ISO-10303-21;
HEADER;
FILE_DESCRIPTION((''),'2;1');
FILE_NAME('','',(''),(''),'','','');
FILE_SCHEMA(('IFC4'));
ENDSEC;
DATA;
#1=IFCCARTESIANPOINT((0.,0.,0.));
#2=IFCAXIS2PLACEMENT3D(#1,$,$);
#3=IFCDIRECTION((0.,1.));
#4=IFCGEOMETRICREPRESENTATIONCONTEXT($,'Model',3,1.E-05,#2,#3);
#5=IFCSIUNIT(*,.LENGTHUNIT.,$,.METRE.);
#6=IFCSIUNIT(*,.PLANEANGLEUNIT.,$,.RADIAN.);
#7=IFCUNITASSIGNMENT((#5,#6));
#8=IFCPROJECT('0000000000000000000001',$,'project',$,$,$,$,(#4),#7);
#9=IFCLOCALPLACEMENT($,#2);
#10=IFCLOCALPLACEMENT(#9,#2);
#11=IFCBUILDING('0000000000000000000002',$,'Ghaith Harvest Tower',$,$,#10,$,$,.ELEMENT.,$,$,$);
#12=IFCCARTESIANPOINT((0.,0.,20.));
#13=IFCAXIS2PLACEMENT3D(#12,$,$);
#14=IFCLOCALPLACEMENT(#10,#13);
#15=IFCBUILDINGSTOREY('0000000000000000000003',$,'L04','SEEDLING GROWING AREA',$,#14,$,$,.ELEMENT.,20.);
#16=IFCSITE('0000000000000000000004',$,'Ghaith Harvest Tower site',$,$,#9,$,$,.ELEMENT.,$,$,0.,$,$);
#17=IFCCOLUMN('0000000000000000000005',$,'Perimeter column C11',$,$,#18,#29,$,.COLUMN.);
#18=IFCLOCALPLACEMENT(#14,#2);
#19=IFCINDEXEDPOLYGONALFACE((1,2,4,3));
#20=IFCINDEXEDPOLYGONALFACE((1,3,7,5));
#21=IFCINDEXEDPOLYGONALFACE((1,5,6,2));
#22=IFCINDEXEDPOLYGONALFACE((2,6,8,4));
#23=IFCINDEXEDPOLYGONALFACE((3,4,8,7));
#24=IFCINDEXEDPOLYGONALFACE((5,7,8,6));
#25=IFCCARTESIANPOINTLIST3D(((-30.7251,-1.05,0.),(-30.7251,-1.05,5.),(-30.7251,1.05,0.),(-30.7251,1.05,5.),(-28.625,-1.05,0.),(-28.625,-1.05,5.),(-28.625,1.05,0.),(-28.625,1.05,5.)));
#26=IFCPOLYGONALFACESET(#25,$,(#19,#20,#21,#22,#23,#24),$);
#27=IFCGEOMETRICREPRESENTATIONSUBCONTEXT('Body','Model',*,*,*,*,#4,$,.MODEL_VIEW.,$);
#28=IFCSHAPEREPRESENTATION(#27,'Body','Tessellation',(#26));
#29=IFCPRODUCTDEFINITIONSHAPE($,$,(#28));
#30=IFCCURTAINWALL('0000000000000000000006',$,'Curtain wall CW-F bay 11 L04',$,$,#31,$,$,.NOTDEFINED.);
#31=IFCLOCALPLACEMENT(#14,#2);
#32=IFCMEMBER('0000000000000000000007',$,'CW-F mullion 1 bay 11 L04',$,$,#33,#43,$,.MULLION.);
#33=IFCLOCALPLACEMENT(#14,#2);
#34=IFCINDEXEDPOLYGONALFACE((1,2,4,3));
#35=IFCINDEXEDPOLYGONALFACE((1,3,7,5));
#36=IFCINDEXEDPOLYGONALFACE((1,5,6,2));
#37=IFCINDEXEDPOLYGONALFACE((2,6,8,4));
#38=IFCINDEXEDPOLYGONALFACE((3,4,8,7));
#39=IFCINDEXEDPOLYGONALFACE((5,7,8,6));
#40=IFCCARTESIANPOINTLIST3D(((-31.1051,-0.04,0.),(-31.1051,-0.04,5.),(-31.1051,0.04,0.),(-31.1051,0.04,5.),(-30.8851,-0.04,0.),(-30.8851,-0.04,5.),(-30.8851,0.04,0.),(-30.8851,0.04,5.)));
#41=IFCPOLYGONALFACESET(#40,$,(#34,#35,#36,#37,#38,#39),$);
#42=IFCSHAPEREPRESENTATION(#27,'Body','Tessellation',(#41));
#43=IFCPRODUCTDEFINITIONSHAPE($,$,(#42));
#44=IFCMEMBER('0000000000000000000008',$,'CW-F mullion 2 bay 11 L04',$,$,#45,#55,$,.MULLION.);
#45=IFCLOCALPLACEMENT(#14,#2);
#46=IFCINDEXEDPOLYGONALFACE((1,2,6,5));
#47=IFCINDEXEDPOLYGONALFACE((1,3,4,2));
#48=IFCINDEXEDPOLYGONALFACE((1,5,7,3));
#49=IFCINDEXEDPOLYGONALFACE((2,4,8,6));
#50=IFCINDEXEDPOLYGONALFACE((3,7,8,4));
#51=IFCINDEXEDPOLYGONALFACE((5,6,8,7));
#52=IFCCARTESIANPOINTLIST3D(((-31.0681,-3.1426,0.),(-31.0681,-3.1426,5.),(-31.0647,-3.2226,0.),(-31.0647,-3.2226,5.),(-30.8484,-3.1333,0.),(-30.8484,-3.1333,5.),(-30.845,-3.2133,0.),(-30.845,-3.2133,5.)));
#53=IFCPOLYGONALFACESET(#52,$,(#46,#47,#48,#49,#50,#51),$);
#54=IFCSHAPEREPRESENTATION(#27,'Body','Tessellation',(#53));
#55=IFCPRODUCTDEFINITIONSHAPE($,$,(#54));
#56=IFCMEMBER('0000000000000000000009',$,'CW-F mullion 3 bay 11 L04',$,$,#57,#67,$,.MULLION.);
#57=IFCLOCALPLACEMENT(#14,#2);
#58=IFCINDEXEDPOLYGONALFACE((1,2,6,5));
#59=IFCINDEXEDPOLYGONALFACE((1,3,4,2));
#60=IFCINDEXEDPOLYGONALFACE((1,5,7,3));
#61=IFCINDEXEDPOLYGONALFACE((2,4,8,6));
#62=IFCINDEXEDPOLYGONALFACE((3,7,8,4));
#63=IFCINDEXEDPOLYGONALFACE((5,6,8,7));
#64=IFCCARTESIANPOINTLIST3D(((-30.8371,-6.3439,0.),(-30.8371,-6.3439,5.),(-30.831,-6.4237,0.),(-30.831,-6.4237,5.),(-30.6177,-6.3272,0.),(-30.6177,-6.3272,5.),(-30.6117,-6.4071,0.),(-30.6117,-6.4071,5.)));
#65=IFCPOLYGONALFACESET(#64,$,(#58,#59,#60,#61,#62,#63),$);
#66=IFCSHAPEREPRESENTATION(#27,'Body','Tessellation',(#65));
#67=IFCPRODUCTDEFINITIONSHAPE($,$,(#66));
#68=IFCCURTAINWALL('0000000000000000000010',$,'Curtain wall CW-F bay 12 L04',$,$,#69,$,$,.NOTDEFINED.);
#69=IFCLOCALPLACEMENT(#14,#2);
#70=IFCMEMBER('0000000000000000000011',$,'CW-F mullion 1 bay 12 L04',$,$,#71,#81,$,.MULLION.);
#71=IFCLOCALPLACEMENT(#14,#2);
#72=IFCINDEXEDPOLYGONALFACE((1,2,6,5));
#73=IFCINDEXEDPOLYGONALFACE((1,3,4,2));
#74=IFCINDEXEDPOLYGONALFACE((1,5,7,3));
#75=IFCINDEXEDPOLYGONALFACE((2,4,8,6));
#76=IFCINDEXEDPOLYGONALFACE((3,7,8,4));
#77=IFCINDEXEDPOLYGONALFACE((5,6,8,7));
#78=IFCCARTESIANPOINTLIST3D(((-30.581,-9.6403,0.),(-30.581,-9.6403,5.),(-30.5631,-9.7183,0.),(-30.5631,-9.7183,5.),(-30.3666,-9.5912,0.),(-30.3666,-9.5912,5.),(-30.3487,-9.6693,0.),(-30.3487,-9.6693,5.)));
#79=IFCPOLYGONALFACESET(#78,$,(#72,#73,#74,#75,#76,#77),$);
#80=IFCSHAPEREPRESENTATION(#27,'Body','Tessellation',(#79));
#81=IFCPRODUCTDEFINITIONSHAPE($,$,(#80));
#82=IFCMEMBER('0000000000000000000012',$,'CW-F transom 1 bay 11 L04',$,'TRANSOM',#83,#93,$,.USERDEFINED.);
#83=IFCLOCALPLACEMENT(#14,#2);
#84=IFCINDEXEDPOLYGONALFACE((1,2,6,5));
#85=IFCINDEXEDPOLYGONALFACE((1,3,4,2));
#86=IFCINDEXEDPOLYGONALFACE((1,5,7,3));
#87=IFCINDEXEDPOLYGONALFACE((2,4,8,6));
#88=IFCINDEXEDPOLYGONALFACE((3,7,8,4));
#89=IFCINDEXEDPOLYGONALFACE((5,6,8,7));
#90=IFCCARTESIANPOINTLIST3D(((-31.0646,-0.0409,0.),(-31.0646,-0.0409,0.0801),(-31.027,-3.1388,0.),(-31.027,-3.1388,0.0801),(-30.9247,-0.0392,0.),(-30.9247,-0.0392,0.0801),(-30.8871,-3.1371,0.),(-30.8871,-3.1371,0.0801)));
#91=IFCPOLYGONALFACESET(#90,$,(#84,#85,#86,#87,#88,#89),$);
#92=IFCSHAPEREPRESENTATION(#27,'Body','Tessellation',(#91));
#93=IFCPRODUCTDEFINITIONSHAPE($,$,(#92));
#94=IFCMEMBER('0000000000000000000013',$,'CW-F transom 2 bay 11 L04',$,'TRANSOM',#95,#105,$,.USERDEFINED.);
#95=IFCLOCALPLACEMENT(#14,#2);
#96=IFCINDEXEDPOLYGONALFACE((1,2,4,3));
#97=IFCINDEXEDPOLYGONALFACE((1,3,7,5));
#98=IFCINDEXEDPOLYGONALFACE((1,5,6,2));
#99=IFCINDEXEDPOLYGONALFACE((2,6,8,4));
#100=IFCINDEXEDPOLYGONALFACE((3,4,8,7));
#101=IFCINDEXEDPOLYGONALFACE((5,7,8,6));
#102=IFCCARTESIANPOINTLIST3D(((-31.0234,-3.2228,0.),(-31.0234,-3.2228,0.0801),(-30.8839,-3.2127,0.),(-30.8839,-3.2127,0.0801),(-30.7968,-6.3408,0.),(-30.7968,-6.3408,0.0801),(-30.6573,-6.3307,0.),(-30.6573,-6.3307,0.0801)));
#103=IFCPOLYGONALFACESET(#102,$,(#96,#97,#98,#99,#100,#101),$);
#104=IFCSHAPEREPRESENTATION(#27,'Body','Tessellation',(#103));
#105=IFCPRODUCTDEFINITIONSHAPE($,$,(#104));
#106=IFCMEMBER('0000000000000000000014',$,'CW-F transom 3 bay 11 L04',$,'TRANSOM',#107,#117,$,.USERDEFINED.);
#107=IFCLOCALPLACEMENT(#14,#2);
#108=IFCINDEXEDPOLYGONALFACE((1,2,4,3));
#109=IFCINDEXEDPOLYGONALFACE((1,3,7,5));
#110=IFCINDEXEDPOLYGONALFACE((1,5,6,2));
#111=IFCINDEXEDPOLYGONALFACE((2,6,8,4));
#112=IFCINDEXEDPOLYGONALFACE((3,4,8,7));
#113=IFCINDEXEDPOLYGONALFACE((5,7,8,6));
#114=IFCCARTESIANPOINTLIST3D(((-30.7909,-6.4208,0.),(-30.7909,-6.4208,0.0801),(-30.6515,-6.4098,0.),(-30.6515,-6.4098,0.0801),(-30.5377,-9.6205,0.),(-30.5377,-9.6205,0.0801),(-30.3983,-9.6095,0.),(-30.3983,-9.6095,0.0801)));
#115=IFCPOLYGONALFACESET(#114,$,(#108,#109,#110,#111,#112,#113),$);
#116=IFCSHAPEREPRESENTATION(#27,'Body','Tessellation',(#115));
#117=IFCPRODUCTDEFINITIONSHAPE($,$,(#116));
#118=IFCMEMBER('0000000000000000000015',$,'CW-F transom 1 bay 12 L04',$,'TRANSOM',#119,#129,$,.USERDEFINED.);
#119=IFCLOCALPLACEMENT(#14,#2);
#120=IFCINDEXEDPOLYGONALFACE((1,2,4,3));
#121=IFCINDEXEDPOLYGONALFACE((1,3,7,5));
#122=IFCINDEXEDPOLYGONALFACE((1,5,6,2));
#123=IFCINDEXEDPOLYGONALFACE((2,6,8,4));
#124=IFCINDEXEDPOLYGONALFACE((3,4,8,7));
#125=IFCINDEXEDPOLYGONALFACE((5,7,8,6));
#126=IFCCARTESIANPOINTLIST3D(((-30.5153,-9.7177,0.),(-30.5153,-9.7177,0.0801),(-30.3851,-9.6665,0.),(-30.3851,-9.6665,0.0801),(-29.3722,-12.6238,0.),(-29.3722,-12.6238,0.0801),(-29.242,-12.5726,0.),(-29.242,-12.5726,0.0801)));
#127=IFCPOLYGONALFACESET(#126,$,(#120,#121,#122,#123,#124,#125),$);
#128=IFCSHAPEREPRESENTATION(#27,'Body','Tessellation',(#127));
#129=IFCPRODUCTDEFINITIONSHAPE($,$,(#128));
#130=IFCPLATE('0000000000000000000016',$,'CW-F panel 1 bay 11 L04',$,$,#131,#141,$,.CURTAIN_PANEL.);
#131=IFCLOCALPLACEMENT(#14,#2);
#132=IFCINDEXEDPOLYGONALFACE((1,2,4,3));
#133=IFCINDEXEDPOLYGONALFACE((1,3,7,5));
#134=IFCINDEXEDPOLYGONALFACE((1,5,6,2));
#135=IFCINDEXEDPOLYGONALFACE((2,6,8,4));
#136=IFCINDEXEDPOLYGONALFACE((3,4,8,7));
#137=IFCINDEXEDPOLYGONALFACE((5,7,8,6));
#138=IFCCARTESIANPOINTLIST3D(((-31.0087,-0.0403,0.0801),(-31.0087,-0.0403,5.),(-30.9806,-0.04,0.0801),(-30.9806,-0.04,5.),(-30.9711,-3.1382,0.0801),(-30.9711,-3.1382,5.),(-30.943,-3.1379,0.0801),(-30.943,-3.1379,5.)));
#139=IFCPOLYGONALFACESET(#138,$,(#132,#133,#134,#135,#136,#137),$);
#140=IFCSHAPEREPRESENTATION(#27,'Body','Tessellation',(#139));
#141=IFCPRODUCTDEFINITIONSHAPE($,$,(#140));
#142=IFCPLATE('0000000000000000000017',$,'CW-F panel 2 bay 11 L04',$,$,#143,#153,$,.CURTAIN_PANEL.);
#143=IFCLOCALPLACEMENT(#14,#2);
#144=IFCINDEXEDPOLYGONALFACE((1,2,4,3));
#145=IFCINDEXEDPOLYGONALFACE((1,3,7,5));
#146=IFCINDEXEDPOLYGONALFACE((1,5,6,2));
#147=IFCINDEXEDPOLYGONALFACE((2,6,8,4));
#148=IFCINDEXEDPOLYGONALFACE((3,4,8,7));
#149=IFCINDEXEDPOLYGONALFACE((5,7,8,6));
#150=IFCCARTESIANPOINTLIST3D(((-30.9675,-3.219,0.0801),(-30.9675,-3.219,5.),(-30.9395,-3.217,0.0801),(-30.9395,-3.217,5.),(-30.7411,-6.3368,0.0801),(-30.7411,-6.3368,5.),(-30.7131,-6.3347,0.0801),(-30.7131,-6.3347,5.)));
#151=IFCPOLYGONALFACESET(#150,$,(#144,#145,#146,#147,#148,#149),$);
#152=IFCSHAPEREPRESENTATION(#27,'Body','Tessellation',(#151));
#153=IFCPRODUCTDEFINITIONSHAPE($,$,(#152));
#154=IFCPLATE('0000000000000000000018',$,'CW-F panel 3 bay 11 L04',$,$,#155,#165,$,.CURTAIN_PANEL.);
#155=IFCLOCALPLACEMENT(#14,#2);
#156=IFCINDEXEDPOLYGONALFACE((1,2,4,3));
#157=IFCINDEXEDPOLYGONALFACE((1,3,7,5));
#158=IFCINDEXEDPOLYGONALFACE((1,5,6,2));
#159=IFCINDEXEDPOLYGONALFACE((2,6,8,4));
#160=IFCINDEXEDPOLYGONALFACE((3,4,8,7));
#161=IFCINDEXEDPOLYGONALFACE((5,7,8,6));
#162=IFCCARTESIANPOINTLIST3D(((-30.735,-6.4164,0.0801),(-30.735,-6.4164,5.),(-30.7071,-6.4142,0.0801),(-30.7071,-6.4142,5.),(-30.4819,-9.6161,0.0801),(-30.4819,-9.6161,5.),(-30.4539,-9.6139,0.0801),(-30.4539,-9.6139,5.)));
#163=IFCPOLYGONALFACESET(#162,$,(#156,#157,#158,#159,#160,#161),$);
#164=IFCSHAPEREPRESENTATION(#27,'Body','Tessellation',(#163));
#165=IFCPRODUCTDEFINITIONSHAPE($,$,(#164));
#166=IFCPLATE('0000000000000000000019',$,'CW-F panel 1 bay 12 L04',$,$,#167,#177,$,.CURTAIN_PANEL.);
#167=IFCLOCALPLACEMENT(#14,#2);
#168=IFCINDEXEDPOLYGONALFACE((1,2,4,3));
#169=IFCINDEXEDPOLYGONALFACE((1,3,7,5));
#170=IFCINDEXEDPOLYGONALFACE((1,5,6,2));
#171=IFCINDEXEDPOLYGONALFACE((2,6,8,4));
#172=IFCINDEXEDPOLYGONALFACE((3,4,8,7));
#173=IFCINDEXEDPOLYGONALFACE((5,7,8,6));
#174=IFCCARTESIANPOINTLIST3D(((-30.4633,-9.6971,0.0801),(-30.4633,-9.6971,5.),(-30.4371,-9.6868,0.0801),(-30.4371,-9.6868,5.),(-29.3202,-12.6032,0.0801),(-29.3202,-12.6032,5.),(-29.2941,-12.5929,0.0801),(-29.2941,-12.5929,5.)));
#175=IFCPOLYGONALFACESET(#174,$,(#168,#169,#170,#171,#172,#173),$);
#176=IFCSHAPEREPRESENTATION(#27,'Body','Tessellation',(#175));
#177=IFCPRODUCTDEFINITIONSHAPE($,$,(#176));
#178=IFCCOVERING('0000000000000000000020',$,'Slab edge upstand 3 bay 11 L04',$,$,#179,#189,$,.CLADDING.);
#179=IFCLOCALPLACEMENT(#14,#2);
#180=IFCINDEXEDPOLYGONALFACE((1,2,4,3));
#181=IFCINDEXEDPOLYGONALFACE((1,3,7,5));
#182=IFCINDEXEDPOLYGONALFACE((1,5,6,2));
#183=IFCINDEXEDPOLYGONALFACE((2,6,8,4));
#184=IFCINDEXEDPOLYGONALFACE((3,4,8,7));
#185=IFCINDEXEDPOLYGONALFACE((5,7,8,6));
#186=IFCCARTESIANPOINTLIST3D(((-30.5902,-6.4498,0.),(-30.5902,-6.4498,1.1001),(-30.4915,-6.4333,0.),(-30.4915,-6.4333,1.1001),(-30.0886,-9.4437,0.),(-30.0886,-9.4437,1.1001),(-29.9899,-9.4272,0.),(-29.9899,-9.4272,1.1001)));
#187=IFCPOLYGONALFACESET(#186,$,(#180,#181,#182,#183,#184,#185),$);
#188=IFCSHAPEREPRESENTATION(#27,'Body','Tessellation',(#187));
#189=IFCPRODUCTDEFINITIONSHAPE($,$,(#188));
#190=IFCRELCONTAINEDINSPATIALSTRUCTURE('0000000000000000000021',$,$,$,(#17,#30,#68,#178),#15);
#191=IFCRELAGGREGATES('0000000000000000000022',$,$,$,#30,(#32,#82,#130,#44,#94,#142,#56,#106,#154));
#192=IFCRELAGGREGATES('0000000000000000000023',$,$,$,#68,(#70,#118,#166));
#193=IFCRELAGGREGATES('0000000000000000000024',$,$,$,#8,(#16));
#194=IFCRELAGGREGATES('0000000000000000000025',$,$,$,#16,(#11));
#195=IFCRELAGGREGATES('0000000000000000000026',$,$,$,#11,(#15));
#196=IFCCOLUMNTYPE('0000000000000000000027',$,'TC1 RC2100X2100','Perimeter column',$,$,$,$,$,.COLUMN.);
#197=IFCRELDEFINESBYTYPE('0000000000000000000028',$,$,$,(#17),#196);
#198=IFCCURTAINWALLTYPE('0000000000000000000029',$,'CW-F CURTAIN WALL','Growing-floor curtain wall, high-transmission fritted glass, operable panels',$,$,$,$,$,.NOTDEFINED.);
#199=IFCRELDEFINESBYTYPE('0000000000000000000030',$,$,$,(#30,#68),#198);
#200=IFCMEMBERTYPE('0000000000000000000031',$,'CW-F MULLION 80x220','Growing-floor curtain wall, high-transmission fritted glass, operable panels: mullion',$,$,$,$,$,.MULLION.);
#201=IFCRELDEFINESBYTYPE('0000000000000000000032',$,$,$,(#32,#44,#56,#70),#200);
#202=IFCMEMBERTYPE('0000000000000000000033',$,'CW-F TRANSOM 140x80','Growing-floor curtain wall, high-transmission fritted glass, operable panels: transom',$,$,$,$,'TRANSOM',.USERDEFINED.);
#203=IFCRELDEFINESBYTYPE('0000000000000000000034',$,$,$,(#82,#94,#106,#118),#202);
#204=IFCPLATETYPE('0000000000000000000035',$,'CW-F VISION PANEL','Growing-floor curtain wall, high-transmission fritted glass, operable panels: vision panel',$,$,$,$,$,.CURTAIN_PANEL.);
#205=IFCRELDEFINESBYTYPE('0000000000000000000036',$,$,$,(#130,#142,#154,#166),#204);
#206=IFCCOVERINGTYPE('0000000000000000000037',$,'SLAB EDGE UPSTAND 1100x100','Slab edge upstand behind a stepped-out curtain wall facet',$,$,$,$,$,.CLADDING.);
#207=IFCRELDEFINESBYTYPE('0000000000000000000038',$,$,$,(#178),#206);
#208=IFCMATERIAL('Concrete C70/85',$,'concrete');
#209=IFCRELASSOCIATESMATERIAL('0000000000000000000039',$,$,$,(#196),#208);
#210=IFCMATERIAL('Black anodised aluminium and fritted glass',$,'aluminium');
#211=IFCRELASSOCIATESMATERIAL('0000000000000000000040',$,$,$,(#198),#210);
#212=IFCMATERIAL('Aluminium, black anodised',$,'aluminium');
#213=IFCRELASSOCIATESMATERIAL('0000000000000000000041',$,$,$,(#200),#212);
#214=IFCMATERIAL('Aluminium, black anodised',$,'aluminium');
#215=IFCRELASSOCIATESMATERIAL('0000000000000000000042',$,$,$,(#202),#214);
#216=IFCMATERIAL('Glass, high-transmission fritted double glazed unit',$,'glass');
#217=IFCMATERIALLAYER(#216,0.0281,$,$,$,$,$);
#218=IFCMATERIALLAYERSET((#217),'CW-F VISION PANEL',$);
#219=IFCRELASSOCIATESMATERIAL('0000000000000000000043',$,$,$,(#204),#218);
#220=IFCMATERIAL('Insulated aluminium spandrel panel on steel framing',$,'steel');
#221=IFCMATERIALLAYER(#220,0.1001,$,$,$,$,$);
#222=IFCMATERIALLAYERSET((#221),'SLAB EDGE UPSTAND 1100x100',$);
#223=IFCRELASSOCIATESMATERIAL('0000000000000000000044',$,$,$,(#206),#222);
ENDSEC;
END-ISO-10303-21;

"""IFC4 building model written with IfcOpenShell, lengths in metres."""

from ifc_helpers import new_model, si_unit, direction, frame, origin, origin_2d, place, context, subcontext, project, spatial, rectangle, extrude, material, layer, layer_set, material_profile, profile_set, type_object, element, aggregate, save


model = new_model("IFC4")

# Units and contexts
model_context = context("Model", 3, precision=1e-05, world=origin(), true_north=direction((0.0, 1.0)))
body_context = subcontext(model_context, "Body", "Model", "MODEL_VIEW")
ifc_project = project(units=[si_unit("LENGTHUNIT", "METRE"), si_unit("PLANEANGLEUNIT", "RADIAN")], contexts=[model_context])

# Site, building, storey
site_placement = place(None, origin())
site = spatial("IfcSite", under=ifc_project, at=site_placement, Name="Ghaith Harvest Tower site", CompositionType="ELEMENT", RefElevation=0.0)
building_placement = place(site_placement, origin())
building = spatial("IfcBuilding", under=site, at=building_placement, Name="Ghaith Harvest Tower", CompositionType="ELEMENT")
storey_placement = place(building_placement, frame((0.0, 0.0, 20.0)))
storey = spatial("IfcBuildingStorey", under=building, at=storey_placement, Name="L04", Description="SEEDLING GROWING AREA", CompositionType="ELEMENT", Elevation=20.0)

# Column
ifc_material_1 = material(Name="Concrete C70/85", Category="concrete")
ifc_material_profile_1 = material_profile(ifc_material_1, rectangle(XDim=2.1001, YDim=2.1001, at=origin_2d()), Name="RC2100X2100")
ifc_profile_set_1 = profile_set([ifc_material_profile_1], Name="Concrete C70/85")
column_type = type_object("IfcColumnType", Name="TC1 RC2100X2100", Description="Perimeter column", PredefinedType="COLUMN", material=ifc_profile_set_1)
column_placement = place(storey_placement, frame((-29.675, 0.0, 0.0), z_axis=(0.0, 0.0, 1.0), x_axis=(1.0, 0.0, 0.0)))
element("IfcColumn", 1, at=column_placement, inside=storey, type_object=column_type, Name="Perimeter column C11", PredefinedType="COLUMN", context=body_context, shape_type="SweptSolid", body=[
    extrude(rectangle(XDim=2.1001, YDim=2.1001, at=origin_2d()), origin(), (0.0, 0.0, 1.0), 5.0),
])

# Curtain wall, members
ifc_material_2 = material(Name="Black anodised aluminium and fritted glass", Category="aluminium")
curtain_wall_type = type_object("IfcCurtainWallType", Name="CW-F CURTAIN WALL", Description="Growing-floor curtain wall, high-transmission fritted glass, operable panels", PredefinedType="NOTDEFINED", material=ifc_material_2)
curtain_wall_1_placement = place(storey_placement, origin())
curtain_wall_1 = element("IfcCurtainWall", 2, at=curtain_wall_1_placement, inside=storey, type_object=curtain_wall_type, Name="Curtain wall CW-F bay 11 L04", PredefinedType="NOTDEFINED")
ifc_material_3 = material(Name="Aluminium, black anodised", Category="aluminium")
ifc_material_profile_2 = material_profile(ifc_material_3, rectangle(XDim=0.0801, YDim=0.22, at=origin_2d()), Name="CW-F MULLION 80x220")
ifc_profile_set_2 = profile_set([ifc_material_profile_2], Name="Aluminium, black anodised")
member_type_1 = type_object("IfcMemberType", Name="CW-F MULLION 80x220", Description="Growing-floor curtain wall, high-transmission fritted glass, operable panels: mullion", PredefinedType="MULLION", material=ifc_profile_set_2)
member_1_placement = place(storey_placement, frame((-30.9951, 0.0, 0.0), z_axis=(0.0, 0.0, 1.0), x_axis=(0.0, -1.0, 0.0)))
member_1 = element("IfcMember", 3, at=member_1_placement, type_object=member_type_1, Name="CW-F mullion 1 bay 11 L04", PredefinedType="MULLION", context=body_context, shape_type="SweptSolid", body=[
    extrude(rectangle(XDim=0.0801, YDim=0.22, at=origin_2d()), origin(), (0.0, 0.0, 1.0), 5.0),
])
member_2_placement = place(storey_placement, frame((-30.9565, -3.178, 0.0), z_axis=(0.0, 0.0, 1.0), x_axis=(0.042427, -0.9991, 0.0)))
member_2 = element("IfcMember", 4, at=member_2_placement, type_object=member_type_1, Name="CW-F mullion 2 bay 11 L04", PredefinedType="MULLION", context=body_context, shape_type="SweptSolid", body=[
    extrude(rectangle(XDim=0.0801, YDim=0.22, at=origin_2d()), origin(), (0.0, 0.0, 1.0), 5.0),
])
member_3_placement = place(storey_placement, frame((-30.7244, -6.3755, 0.0), z_axis=(0.0, 0.0, 1.0), x_axis=(0.075686, -0.997132, 0.0)))
member_3 = element("IfcMember", 5, at=member_3_placement, type_object=member_type_1, Name="CW-F mullion 3 bay 11 L04", PredefinedType="MULLION", context=body_context, shape_type="SweptSolid", body=[
    extrude(rectangle(XDim=0.0801, YDim=0.22, at=origin_2d()), origin(), (0.0, 0.0, 1.0), 5.0),
])

# Curtain wall, member
curtain_wall_2_placement = place(storey_placement, origin())
curtain_wall_2 = element("IfcCurtainWall", 6, at=curtain_wall_2_placement, inside=storey, type_object=curtain_wall_type, Name="Curtain wall CW-F bay 12 L04", PredefinedType="NOTDEFINED")
member_4_placement = place(storey_placement, frame((-30.4648, -9.6548, 0.0), z_axis=(0.0, 0.0, 1.0), x_axis=(0.222967, -0.974826, 0.0)))
member_4 = element("IfcMember", 7, at=member_4_placement, type_object=member_type_1, Name="CW-F mullion 1 bay 12 L04", PredefinedType="MULLION", context=body_context, shape_type="SweptSolid", body=[
    extrude(rectangle(XDim=0.0801, YDim=0.22, at=origin_2d()), origin(), (0.0, 0.0, 1.0), 5.0),
])

# Members
ifc_material_4 = material(Name="Aluminium, black anodised", Category="aluminium")
ifc_material_profile_3 = material_profile(ifc_material_4, rectangle(XDim=0.1399, YDim=0.0801, at=origin_2d()), Name="CW-F TRANSOM 140x80")
ifc_profile_set_3 = profile_set([ifc_material_profile_3], Name="Aluminium, black anodised")
member_type_2 = type_object("IfcMemberType", Name="CW-F TRANSOM 140x80", Description="Growing-floor curtain wall, high-transmission fritted glass, operable panels: transom", ElementType="TRANSOM", PredefinedType="USERDEFINED", material=ifc_profile_set_3)
member_5_placement = place(storey_placement, frame((-30.9946, -0.04, 0.04), z_axis=(0.012136, -0.999926, 0.0), x_axis=(0.999926, 0.012136, 0.0)))
member_5 = element("IfcMember", 8, at=member_5_placement, type_object=member_type_2, Name="CW-F transom 1 bay 11 L04", ObjectType="TRANSOM", PredefinedType="USERDEFINED", context=body_context, shape_type="SweptSolid", body=[
    extrude(rectangle(XDim=0.1399, YDim=0.0801, at=origin_2d()), origin(), (0.0, 0.0, 1.0), 3.0981),
])
member_6_placement = place(storey_placement, frame((-30.9536, -3.2178, 0.04), z_axis=(0.072474, -0.99737, 0.0), x_axis=(0.99737, 0.072474, 0.0)))
member_6 = element("IfcMember", 9, at=member_6_placement, type_object=member_type_2, Name="CW-F transom 2 bay 11 L04", ObjectType="TRANSOM", PredefinedType="USERDEFINED", context=body_context, shape_type="SweptSolid", body=[
    extrude(rectangle(XDim=0.1399, YDim=0.0801, at=origin_2d()), origin(), (0.0, 0.0, 1.0), 3.1262),
])
member_7_placement = place(storey_placement, frame((-30.7212, -6.4153, 0.04), z_axis=(0.078878, -0.996884, 0.0), x_axis=(0.996884, 0.078878, 0.0)))
member_7 = element("IfcMember", 10, at=member_7_placement, type_object=member_type_2, Name="CW-F transom 3 bay 11 L04", ObjectType="TRANSOM", PredefinedType="USERDEFINED", context=body_context, shape_type="SweptSolid", body=[
    extrude(rectangle(XDim=0.1399, YDim=0.0801, at=origin_2d()), origin(), (0.0, 0.0, 1.0), 3.2097),
])
member_8_placement = place(storey_placement, frame((-30.4502, -9.6921, 0.04), z_axis=(0.366047, -0.930597, 0.0), x_axis=(0.930597, 0.366047, 0.0)))
member_8 = element("IfcMember", 11, at=member_8_placement, type_object=member_type_2, Name="CW-F transom 1 bay 12 L04", ObjectType="TRANSOM", PredefinedType="USERDEFINED", context=body_context, shape_type="SweptSolid", body=[
    extrude(rectangle(XDim=0.1399, YDim=0.0801, at=origin_2d()), origin(), (0.0, 0.0, 1.0), 3.1228),
])

# Plates
ifc_material_5 = material(Name="Glass, high-transmission fritted double glazed unit", Category="glass")
ifc_layer_1 = layer(ifc_material_5, 0.0281)
ifc_layer_set_1 = layer_set([ifc_layer_1], Name="CW-F VISION PANEL")
plate_type = type_object("IfcPlateType", Name="CW-F VISION PANEL", Description="Growing-floor curtain wall, high-transmission fritted glass, operable panels: vision panel", PredefinedType="CURTAIN_PANEL", material=ifc_layer_set_1)
plate_1_placement = place(storey_placement, frame((-30.9758, -1.5891, 0.0801), z_axis=(0.0, 0.0, 1.0), x_axis=(0.012133, -0.999926, 0.0)))
plate_1 = element("IfcPlate", 12, at=plate_1_placement, type_object=plate_type, Name="CW-F panel 1 bay 11 L04", PredefinedType="CURTAIN_PANEL", context=body_context, shape_type="SweptSolid", body=[
    extrude(rectangle(XDim=3.0981, YDim=0.0281, at=origin_2d()), origin(), (0.0, 0.0, 1.0), 4.9199),
])
plate_2_placement = place(storey_placement, frame((-30.8403, -4.7769, 0.0801), z_axis=(0.0, 0.0, 1.0), x_axis=(0.072421, -0.997374, 0.0)))
plate_2 = element("IfcPlate", 13, at=plate_2_placement, type_object=plate_type, Name="CW-F panel 2 bay 11 L04", PredefinedType="CURTAIN_PANEL", context=body_context, shape_type="SweptSolid", body=[
    extrude(rectangle(XDim=3.126, YDim=0.0281, at=origin_2d()), origin(), (0.0, 0.0, 1.0), 4.9199),
])
plate_3_placement = place(storey_placement, frame((-30.5945, -8.0151, 0.0801), z_axis=(0.0, 0.0, 1.0), x_axis=(0.078867, -0.996885, 0.0)))
plate_3 = element("IfcPlate", 14, at=plate_3_placement, type_object=plate_type, Name="CW-F panel 3 bay 11 L04", PredefinedType="CURTAIN_PANEL", context=body_context, shape_type="SweptSolid", body=[
    extrude(rectangle(XDim=3.2097, YDim=0.0281, at=origin_2d()), origin(), (0.0, 0.0, 1.0), 4.9199),
])
aggregate(curtain_wall_1, [member_1, member_5, plate_1, member_2, member_6, plate_2, member_3, member_7, plate_3])
plate_4_placement = place(storey_placement, frame((-29.8787, -11.145, 0.0801), z_axis=(0.0, 0.0, 1.0), x_axis=(0.36604, -0.930599, 0.0)))
plate_4 = element("IfcPlate", 15, at=plate_4_placement, type_object=plate_type, Name="CW-F panel 1 bay 12 L04", PredefinedType="CURTAIN_PANEL", context=body_context, shape_type="SweptSolid", body=[
    extrude(rectangle(XDim=3.1228, YDim=0.0281, at=origin_2d()), origin(), (0.0, 0.0, 1.0), 4.9199),
])
aggregate(curtain_wall_2, [member_4, member_8, plate_4])

# Covering
ifc_material_6 = material(Name="Insulated aluminium spandrel panel on steel framing", Category="steel")
ifc_layer_2 = layer(ifc_material_6, 0.1001)
ifc_layer_set_2 = layer_set([ifc_layer_2], Name="SLAB EDGE UPSTAND 1100x100")
covering_type = type_object("IfcCoveringType", Name="SLAB EDGE UPSTAND 1100x100", Description="Slab edge upstand behind a stepped-out curtain wall facet", PredefinedType="CLADDING", material=ifc_layer_set_2)
covering_placement = place(storey_placement, frame((-30.29, -7.9385, 0.0), z_axis=(0.0, 0.0, 1.0), x_axis=(0.165246, -0.986252, 0.0)))
element("IfcCovering", 16, at=covering_placement, inside=storey, type_object=covering_type, Name="Slab edge upstand 3 bay 11 L04", PredefinedType="CLADDING", context=body_context, shape_type="SweptSolid", body=[
    extrude(rectangle(XDim=3.0356, YDim=0.1001, at=origin_2d()), origin(), (0.0, 0.0, 1.0), 1.1001),
])

save(model, "model.ifc")
